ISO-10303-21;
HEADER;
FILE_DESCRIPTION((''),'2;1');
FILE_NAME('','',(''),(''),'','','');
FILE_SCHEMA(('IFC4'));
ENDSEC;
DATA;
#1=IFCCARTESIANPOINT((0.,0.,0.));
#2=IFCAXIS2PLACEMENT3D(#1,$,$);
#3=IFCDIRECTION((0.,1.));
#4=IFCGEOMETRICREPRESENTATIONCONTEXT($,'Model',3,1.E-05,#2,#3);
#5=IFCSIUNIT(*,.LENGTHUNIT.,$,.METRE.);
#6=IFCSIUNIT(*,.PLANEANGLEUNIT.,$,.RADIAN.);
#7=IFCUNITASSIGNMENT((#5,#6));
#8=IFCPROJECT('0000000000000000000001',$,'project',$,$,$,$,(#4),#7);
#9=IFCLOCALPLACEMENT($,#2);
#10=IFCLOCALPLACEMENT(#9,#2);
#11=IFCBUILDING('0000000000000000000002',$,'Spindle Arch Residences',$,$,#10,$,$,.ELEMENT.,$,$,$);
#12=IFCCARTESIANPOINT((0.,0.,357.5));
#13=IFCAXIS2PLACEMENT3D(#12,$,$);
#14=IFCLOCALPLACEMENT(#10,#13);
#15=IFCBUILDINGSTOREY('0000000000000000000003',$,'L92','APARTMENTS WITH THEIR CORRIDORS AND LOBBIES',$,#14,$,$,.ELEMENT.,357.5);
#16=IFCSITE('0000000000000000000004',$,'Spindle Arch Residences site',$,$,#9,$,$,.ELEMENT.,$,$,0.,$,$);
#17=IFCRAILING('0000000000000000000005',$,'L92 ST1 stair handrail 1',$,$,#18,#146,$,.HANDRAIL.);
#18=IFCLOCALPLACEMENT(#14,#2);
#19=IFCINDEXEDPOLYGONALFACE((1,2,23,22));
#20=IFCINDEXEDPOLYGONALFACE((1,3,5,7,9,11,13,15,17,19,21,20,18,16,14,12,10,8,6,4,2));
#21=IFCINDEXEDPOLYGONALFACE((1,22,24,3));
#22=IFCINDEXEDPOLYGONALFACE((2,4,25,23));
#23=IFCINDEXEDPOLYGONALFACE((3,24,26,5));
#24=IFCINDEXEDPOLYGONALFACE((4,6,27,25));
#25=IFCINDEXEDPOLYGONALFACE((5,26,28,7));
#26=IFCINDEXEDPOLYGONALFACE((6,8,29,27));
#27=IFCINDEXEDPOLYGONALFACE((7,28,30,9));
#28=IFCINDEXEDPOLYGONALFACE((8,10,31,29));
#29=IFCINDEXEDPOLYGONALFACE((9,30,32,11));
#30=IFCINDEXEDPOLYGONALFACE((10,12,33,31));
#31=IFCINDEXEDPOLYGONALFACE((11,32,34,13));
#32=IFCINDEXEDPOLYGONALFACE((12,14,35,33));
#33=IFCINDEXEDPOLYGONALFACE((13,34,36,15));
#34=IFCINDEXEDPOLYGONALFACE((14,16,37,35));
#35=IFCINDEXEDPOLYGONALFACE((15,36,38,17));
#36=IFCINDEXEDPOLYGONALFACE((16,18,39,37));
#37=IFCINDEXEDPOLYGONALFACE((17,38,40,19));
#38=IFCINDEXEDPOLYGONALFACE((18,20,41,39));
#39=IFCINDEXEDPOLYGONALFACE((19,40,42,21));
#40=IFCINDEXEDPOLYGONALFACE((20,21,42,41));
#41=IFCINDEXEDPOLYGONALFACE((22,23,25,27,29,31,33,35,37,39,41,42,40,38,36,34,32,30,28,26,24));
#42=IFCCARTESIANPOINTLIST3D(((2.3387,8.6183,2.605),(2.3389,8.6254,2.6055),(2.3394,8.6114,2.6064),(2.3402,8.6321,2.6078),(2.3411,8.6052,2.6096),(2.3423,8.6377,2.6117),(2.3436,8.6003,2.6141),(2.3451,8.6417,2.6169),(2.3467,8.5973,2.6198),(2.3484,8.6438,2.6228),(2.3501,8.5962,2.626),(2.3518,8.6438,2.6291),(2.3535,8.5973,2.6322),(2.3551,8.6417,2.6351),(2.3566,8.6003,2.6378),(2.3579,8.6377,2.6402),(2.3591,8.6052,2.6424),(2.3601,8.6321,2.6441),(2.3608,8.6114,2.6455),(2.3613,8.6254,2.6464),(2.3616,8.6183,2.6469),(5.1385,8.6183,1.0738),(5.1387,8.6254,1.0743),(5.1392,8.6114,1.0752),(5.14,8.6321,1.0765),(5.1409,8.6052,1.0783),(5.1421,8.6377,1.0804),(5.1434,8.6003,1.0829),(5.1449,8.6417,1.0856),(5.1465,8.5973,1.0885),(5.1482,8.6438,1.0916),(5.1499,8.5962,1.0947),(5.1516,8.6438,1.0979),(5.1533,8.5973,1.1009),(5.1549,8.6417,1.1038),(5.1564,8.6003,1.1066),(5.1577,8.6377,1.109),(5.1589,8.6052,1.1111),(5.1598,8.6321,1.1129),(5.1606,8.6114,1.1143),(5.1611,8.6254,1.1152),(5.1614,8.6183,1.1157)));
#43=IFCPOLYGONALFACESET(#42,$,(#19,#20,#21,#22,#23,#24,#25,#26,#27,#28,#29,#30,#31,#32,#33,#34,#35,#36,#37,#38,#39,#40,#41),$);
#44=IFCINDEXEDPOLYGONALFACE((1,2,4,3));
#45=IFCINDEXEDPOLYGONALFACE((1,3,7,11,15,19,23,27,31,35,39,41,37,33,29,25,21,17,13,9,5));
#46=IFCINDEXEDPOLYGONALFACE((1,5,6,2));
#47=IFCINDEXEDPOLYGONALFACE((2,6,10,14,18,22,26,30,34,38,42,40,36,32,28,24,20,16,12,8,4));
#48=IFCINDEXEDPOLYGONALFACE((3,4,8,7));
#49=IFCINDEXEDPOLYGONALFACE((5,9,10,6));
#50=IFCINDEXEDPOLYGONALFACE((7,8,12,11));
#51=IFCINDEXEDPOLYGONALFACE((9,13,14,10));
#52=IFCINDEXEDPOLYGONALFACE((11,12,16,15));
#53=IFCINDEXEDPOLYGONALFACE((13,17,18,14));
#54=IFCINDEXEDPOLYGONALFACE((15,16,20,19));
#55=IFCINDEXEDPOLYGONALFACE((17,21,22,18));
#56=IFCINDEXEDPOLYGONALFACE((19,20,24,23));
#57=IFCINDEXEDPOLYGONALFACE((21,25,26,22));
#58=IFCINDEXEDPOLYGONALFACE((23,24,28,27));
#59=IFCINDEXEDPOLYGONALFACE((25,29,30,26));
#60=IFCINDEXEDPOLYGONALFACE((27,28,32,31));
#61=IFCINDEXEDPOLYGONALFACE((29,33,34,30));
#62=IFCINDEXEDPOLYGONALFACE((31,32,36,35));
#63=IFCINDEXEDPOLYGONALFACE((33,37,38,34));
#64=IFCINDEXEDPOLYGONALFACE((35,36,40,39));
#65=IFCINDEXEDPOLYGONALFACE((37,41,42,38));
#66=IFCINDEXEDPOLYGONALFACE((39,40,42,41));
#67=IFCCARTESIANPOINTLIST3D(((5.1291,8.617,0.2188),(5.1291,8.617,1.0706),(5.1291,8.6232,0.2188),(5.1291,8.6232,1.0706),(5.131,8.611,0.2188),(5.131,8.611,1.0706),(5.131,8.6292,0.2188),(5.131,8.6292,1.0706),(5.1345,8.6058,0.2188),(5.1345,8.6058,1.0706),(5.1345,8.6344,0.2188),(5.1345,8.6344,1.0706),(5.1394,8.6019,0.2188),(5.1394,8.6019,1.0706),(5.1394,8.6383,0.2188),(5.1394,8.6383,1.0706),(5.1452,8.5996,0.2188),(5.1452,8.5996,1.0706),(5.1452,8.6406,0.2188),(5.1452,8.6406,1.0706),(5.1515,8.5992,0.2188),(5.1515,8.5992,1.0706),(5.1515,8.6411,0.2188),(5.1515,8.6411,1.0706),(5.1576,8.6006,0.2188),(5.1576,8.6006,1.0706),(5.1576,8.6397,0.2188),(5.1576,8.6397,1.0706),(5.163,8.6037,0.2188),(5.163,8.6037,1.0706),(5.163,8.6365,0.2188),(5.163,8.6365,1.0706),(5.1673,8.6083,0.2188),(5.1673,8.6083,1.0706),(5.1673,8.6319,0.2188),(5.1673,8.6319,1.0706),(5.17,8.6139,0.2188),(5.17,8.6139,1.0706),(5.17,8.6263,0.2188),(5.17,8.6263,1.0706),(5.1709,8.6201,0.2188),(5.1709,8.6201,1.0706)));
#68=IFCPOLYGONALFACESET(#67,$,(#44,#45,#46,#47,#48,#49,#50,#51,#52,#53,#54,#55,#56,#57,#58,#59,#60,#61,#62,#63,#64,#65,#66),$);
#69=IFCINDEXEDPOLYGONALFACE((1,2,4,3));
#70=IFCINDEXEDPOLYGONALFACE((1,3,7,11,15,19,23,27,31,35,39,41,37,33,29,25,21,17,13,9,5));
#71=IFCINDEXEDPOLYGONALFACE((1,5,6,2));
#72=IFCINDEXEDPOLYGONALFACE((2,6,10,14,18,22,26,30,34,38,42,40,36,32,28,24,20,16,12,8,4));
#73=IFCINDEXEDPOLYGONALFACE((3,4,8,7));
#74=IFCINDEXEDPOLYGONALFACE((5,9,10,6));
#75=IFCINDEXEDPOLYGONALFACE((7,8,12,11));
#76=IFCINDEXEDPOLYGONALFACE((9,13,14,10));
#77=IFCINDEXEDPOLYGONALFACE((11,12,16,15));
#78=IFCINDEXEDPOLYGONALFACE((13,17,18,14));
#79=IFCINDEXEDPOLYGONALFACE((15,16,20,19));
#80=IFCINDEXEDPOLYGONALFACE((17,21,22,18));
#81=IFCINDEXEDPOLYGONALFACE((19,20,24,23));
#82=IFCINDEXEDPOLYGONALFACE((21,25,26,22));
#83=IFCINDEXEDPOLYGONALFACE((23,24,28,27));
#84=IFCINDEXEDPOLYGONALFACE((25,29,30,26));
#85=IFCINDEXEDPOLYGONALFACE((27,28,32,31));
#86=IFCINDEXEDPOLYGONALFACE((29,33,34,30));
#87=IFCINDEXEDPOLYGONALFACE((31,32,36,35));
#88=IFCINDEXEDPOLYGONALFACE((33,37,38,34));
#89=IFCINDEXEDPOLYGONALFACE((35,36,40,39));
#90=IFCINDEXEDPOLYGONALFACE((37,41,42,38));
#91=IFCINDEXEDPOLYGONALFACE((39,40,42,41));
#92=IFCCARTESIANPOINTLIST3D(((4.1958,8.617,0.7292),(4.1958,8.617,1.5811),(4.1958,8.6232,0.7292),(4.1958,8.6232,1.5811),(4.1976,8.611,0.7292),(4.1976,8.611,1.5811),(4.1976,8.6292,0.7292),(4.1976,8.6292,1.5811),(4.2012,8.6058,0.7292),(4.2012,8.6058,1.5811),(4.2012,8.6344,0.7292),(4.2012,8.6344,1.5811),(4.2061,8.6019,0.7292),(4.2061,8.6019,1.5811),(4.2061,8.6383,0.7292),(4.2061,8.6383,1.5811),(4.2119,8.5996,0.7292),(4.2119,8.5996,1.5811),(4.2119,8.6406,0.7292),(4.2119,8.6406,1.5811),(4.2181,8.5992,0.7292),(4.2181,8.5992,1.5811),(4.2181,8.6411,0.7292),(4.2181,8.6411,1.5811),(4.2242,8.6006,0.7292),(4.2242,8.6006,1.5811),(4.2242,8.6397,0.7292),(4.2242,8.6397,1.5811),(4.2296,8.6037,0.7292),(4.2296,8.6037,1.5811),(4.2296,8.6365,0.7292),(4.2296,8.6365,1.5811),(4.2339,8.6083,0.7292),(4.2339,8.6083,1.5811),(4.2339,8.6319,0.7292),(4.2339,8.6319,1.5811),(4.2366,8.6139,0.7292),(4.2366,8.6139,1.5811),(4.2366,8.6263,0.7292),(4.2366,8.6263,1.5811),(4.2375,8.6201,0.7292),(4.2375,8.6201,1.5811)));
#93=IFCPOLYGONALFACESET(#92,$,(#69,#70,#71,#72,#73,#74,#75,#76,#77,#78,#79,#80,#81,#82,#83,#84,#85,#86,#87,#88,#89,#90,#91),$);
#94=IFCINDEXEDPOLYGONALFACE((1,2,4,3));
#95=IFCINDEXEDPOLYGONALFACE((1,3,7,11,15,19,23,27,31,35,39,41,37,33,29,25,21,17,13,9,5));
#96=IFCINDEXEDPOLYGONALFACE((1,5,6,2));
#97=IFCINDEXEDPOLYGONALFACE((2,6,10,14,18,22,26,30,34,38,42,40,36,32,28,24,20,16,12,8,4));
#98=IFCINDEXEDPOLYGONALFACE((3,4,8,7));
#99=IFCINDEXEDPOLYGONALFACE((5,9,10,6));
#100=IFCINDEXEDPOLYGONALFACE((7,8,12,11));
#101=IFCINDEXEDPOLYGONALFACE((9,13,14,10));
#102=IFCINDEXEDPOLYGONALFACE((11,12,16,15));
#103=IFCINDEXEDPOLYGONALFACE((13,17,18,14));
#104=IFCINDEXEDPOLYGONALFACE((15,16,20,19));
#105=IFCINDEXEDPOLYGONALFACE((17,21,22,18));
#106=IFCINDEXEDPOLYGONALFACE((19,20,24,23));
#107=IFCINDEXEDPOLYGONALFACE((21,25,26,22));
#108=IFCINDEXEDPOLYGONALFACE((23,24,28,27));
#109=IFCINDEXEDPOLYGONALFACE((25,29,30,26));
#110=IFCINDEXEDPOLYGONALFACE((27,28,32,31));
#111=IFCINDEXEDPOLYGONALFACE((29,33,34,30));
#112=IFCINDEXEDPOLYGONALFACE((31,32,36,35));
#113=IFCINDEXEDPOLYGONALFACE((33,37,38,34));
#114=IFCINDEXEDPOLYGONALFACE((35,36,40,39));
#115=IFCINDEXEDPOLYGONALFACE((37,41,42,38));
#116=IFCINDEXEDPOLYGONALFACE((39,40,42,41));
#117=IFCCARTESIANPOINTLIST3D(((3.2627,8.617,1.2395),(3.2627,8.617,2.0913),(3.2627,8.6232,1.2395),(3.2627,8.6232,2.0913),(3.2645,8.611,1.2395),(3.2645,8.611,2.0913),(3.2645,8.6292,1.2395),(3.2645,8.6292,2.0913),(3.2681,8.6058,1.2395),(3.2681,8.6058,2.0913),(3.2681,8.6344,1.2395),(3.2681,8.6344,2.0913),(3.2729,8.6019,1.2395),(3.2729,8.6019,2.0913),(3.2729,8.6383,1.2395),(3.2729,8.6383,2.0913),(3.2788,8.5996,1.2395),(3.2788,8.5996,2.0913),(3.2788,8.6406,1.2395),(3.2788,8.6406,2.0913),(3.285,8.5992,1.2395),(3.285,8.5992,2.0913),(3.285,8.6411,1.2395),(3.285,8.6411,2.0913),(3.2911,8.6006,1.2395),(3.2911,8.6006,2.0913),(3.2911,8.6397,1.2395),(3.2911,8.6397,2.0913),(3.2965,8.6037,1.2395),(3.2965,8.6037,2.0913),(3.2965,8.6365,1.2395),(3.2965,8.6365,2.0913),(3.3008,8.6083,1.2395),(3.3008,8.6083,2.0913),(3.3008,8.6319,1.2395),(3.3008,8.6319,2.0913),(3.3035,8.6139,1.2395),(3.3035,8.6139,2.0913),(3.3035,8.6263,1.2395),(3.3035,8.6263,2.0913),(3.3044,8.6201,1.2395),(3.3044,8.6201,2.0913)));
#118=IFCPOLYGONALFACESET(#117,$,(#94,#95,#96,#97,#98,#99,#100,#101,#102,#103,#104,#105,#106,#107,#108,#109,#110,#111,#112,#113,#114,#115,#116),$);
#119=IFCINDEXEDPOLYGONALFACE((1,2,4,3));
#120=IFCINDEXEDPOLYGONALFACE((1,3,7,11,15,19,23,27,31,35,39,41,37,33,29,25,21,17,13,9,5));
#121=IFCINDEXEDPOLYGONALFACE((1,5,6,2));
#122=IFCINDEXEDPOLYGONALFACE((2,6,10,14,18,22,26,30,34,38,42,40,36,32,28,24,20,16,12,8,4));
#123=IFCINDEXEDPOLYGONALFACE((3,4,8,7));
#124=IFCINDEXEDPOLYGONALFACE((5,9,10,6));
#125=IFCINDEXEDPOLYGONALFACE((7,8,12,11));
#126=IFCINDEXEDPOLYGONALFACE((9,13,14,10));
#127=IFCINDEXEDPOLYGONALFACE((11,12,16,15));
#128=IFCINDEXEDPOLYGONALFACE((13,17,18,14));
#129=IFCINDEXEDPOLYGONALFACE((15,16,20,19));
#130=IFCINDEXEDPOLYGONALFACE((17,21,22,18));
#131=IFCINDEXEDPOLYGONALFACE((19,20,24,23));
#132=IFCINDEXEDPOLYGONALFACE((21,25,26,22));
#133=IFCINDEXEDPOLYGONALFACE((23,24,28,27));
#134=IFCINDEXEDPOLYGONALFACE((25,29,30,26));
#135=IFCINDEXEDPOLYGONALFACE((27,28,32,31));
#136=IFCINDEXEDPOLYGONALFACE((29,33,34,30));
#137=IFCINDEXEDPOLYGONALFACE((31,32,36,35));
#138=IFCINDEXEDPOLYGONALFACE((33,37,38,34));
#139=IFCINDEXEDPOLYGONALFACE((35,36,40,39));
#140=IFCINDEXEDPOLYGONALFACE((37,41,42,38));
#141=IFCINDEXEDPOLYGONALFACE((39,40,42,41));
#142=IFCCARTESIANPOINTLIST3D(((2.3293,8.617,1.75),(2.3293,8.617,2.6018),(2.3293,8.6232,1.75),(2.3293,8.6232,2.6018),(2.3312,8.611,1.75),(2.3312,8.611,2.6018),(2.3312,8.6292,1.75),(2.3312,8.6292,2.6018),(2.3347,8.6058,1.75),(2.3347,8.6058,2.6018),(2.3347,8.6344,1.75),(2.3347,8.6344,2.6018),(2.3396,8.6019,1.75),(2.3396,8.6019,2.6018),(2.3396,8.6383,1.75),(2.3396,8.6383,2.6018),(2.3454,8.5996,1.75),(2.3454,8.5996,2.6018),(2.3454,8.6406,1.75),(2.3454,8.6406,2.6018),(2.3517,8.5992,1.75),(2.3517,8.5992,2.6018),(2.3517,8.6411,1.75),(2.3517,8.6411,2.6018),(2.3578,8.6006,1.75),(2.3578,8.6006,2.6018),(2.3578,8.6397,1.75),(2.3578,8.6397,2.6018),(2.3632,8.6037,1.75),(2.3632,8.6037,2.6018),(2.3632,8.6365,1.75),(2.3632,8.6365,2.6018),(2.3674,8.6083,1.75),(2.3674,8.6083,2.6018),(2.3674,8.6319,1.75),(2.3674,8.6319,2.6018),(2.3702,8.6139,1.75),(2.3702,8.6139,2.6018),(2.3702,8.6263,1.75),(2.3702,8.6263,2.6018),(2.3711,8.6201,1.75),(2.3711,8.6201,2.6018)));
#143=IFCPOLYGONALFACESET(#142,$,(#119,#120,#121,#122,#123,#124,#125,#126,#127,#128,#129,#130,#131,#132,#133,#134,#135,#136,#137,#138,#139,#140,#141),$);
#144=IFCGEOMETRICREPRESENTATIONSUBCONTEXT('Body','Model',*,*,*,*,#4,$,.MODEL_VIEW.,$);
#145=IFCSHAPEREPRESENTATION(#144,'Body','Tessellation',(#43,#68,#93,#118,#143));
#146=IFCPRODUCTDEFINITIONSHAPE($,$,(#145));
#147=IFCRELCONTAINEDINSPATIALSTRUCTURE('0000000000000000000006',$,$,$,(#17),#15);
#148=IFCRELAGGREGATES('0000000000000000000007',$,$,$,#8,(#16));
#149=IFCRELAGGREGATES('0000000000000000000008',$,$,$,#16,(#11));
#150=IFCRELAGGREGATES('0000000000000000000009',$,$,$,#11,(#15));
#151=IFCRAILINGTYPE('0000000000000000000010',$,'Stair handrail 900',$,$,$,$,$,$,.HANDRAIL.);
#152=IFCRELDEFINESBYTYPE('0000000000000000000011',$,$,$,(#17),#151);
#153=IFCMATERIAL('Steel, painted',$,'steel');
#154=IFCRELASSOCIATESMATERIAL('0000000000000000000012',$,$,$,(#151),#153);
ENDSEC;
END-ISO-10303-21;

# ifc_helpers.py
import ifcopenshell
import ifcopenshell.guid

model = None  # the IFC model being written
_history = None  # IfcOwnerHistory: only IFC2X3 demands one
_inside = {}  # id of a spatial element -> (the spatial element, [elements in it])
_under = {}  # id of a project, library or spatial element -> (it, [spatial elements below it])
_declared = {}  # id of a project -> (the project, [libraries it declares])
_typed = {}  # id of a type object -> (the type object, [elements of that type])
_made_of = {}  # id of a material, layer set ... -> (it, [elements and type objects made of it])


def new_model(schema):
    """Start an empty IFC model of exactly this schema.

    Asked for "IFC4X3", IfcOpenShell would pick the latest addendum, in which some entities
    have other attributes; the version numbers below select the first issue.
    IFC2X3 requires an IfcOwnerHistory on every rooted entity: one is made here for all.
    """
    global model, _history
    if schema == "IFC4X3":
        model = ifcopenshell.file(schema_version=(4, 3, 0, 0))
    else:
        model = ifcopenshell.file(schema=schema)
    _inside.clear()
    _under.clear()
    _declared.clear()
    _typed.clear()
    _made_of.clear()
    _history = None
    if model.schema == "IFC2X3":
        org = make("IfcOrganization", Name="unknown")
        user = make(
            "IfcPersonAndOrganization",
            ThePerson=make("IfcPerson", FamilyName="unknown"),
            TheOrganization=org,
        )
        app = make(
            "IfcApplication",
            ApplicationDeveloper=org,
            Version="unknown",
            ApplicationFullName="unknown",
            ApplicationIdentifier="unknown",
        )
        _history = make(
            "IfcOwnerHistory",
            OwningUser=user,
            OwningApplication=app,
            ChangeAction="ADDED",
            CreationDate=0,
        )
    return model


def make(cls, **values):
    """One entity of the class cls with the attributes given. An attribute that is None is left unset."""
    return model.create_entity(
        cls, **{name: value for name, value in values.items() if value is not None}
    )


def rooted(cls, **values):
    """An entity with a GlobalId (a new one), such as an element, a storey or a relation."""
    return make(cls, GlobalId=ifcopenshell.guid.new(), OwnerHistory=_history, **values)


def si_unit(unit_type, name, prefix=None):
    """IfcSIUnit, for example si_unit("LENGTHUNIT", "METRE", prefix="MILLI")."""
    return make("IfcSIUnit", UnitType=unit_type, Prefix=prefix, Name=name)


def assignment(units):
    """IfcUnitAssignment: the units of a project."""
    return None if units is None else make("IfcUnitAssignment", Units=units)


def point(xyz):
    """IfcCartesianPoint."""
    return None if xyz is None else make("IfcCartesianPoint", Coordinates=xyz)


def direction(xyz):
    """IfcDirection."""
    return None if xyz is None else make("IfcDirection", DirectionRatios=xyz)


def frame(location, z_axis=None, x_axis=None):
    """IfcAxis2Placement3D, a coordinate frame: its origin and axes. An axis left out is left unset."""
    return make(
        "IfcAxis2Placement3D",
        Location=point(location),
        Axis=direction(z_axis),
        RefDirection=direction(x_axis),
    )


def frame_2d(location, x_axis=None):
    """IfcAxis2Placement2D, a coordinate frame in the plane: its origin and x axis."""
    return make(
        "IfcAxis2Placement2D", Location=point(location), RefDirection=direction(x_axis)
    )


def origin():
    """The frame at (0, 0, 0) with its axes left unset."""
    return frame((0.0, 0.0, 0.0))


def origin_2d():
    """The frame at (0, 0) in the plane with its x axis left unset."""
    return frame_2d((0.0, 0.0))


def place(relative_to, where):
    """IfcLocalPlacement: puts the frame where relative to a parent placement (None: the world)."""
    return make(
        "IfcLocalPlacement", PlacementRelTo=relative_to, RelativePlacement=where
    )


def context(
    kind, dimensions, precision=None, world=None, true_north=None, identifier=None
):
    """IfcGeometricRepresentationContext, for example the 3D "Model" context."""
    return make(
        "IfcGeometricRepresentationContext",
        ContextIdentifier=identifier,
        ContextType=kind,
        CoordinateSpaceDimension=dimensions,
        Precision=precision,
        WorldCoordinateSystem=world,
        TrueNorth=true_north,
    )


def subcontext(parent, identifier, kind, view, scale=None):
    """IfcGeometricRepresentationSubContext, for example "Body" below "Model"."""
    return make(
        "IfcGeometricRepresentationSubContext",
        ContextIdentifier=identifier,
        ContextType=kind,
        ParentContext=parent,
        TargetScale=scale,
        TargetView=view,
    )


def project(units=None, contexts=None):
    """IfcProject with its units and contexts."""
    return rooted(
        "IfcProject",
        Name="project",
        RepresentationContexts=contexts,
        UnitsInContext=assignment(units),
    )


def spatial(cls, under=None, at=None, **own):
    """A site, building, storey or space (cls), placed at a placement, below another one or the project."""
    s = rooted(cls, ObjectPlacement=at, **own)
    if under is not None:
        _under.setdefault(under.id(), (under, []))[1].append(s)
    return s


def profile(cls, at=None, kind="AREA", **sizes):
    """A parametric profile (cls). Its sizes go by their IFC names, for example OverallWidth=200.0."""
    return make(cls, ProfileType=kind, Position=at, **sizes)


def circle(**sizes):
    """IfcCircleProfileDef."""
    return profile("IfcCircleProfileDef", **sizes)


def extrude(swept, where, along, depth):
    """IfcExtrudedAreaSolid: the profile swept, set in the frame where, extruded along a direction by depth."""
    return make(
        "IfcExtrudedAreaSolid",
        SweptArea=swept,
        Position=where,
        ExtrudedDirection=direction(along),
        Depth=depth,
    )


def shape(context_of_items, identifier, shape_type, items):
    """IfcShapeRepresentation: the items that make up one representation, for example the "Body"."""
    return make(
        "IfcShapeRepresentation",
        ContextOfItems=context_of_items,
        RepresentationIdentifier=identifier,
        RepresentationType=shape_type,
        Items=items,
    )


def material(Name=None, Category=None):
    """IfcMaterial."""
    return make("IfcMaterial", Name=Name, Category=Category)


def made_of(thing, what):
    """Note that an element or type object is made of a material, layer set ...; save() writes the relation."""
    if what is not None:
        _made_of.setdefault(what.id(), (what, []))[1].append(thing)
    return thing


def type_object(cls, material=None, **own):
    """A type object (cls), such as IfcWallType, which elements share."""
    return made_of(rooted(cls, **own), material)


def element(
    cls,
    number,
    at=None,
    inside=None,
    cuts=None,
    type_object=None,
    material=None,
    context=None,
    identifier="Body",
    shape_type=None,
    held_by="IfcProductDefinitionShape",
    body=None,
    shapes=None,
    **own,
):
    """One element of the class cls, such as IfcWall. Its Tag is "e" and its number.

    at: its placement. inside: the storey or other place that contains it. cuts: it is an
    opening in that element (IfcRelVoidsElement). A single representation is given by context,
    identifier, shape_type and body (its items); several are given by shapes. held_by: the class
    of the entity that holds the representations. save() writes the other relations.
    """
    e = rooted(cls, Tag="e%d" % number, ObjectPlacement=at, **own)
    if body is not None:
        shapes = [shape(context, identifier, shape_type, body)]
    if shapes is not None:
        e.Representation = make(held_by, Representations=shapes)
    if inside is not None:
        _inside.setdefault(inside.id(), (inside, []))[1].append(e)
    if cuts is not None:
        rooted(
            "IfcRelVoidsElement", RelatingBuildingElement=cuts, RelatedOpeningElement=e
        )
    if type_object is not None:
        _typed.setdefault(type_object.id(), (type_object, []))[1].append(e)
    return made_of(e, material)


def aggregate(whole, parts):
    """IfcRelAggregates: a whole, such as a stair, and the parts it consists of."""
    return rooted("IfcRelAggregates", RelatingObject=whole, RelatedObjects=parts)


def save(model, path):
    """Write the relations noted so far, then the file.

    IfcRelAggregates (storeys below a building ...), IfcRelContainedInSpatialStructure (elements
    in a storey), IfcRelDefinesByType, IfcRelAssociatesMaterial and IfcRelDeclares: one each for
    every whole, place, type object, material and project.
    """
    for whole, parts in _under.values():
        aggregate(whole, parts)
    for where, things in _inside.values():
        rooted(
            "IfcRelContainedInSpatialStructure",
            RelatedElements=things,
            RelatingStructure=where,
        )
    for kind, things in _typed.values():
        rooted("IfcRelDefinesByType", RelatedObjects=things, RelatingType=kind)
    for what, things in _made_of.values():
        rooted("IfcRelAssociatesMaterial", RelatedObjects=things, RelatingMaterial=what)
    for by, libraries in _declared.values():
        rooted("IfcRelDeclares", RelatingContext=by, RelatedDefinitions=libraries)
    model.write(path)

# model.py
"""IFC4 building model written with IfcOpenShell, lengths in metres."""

from ifc_helpers import new_model, si_unit, direction, frame, origin, origin_2d, place, context, subcontext, project, spatial, circle, extrude, material, type_object, element, save


model = new_model("IFC4")

# Units and contexts
model_context = context("Model", 3, precision=1e-05, world=origin(), true_north=direction((0.0, 1.0)))
body_context = subcontext(model_context, "Body", "Model", "MODEL_VIEW")
ifc_project = project(units=[si_unit("LENGTHUNIT", "METRE"), si_unit("PLANEANGLEUNIT", "RADIAN")], contexts=[model_context])

# Site, building, storey
site_placement = place(None, origin())
site = spatial("IfcSite", under=ifc_project, at=site_placement, Name="Spindle Arch Residences site", CompositionType="ELEMENT", RefElevation=0.0)
building_placement = place(site_placement, origin())
building = spatial("IfcBuilding", under=site, at=building_placement, Name="Spindle Arch Residences", CompositionType="ELEMENT")
storey_placement = place(building_placement, frame((0.0, 0.0, 357.5)))
storey = spatial("IfcBuildingStorey", under=building, at=storey_placement, Name="L92", Description="APARTMENTS WITH THEIR CORRIDORS AND LOBBIES", CompositionType="ELEMENT", Elevation=357.5)

# Railing
ifc_material_1 = material(Name="Steel, painted", Category="steel")
railing_type = type_object("IfcRailingType", Name="Stair handrail 900", PredefinedType="HANDRAIL", material=ifc_material_1)
railing_placement = place(storey_placement, frame((5.1499, 8.6201, 0.2188)))
element("IfcRailing", 1, at=railing_placement, inside=storey, type_object=railing_type, Name="L92 ST1 stair handrail 1", PredefinedType="HANDRAIL", context=body_context, shape_type="SweptSolid", body=[
    extrude(circle(Radius=0.0239, at=origin_2d()), frame((0.0, 0.0, 0.876), z_axis=(-0.877357, 0.0, 0.479838), x_axis=(0.0, -1.0, 0.0)), (0.0, 0.0, 1.0), 3.1912),
    extrude(circle(Radius=0.021, at=origin_2d()), origin(), (0.0, 0.0, 1.0), 0.8518),
    extrude(circle(Radius=0.021, at=origin_2d()), frame((-0.9333, 0.0, 0.5105)), (0.0, 0.0, 1.0), 0.8518),
    extrude(circle(Radius=0.021, at=origin_2d()), frame((-1.8665, 0.0, 1.0208)), (0.0, 0.0, 1.0), 0.8518),
    extrude(circle(Radius=0.021, at=origin_2d()), frame((-2.7998, 0.0, 1.5312)), (0.0, 0.0, 1.0), 0.8518),
])

save(model, "model.ifc")
